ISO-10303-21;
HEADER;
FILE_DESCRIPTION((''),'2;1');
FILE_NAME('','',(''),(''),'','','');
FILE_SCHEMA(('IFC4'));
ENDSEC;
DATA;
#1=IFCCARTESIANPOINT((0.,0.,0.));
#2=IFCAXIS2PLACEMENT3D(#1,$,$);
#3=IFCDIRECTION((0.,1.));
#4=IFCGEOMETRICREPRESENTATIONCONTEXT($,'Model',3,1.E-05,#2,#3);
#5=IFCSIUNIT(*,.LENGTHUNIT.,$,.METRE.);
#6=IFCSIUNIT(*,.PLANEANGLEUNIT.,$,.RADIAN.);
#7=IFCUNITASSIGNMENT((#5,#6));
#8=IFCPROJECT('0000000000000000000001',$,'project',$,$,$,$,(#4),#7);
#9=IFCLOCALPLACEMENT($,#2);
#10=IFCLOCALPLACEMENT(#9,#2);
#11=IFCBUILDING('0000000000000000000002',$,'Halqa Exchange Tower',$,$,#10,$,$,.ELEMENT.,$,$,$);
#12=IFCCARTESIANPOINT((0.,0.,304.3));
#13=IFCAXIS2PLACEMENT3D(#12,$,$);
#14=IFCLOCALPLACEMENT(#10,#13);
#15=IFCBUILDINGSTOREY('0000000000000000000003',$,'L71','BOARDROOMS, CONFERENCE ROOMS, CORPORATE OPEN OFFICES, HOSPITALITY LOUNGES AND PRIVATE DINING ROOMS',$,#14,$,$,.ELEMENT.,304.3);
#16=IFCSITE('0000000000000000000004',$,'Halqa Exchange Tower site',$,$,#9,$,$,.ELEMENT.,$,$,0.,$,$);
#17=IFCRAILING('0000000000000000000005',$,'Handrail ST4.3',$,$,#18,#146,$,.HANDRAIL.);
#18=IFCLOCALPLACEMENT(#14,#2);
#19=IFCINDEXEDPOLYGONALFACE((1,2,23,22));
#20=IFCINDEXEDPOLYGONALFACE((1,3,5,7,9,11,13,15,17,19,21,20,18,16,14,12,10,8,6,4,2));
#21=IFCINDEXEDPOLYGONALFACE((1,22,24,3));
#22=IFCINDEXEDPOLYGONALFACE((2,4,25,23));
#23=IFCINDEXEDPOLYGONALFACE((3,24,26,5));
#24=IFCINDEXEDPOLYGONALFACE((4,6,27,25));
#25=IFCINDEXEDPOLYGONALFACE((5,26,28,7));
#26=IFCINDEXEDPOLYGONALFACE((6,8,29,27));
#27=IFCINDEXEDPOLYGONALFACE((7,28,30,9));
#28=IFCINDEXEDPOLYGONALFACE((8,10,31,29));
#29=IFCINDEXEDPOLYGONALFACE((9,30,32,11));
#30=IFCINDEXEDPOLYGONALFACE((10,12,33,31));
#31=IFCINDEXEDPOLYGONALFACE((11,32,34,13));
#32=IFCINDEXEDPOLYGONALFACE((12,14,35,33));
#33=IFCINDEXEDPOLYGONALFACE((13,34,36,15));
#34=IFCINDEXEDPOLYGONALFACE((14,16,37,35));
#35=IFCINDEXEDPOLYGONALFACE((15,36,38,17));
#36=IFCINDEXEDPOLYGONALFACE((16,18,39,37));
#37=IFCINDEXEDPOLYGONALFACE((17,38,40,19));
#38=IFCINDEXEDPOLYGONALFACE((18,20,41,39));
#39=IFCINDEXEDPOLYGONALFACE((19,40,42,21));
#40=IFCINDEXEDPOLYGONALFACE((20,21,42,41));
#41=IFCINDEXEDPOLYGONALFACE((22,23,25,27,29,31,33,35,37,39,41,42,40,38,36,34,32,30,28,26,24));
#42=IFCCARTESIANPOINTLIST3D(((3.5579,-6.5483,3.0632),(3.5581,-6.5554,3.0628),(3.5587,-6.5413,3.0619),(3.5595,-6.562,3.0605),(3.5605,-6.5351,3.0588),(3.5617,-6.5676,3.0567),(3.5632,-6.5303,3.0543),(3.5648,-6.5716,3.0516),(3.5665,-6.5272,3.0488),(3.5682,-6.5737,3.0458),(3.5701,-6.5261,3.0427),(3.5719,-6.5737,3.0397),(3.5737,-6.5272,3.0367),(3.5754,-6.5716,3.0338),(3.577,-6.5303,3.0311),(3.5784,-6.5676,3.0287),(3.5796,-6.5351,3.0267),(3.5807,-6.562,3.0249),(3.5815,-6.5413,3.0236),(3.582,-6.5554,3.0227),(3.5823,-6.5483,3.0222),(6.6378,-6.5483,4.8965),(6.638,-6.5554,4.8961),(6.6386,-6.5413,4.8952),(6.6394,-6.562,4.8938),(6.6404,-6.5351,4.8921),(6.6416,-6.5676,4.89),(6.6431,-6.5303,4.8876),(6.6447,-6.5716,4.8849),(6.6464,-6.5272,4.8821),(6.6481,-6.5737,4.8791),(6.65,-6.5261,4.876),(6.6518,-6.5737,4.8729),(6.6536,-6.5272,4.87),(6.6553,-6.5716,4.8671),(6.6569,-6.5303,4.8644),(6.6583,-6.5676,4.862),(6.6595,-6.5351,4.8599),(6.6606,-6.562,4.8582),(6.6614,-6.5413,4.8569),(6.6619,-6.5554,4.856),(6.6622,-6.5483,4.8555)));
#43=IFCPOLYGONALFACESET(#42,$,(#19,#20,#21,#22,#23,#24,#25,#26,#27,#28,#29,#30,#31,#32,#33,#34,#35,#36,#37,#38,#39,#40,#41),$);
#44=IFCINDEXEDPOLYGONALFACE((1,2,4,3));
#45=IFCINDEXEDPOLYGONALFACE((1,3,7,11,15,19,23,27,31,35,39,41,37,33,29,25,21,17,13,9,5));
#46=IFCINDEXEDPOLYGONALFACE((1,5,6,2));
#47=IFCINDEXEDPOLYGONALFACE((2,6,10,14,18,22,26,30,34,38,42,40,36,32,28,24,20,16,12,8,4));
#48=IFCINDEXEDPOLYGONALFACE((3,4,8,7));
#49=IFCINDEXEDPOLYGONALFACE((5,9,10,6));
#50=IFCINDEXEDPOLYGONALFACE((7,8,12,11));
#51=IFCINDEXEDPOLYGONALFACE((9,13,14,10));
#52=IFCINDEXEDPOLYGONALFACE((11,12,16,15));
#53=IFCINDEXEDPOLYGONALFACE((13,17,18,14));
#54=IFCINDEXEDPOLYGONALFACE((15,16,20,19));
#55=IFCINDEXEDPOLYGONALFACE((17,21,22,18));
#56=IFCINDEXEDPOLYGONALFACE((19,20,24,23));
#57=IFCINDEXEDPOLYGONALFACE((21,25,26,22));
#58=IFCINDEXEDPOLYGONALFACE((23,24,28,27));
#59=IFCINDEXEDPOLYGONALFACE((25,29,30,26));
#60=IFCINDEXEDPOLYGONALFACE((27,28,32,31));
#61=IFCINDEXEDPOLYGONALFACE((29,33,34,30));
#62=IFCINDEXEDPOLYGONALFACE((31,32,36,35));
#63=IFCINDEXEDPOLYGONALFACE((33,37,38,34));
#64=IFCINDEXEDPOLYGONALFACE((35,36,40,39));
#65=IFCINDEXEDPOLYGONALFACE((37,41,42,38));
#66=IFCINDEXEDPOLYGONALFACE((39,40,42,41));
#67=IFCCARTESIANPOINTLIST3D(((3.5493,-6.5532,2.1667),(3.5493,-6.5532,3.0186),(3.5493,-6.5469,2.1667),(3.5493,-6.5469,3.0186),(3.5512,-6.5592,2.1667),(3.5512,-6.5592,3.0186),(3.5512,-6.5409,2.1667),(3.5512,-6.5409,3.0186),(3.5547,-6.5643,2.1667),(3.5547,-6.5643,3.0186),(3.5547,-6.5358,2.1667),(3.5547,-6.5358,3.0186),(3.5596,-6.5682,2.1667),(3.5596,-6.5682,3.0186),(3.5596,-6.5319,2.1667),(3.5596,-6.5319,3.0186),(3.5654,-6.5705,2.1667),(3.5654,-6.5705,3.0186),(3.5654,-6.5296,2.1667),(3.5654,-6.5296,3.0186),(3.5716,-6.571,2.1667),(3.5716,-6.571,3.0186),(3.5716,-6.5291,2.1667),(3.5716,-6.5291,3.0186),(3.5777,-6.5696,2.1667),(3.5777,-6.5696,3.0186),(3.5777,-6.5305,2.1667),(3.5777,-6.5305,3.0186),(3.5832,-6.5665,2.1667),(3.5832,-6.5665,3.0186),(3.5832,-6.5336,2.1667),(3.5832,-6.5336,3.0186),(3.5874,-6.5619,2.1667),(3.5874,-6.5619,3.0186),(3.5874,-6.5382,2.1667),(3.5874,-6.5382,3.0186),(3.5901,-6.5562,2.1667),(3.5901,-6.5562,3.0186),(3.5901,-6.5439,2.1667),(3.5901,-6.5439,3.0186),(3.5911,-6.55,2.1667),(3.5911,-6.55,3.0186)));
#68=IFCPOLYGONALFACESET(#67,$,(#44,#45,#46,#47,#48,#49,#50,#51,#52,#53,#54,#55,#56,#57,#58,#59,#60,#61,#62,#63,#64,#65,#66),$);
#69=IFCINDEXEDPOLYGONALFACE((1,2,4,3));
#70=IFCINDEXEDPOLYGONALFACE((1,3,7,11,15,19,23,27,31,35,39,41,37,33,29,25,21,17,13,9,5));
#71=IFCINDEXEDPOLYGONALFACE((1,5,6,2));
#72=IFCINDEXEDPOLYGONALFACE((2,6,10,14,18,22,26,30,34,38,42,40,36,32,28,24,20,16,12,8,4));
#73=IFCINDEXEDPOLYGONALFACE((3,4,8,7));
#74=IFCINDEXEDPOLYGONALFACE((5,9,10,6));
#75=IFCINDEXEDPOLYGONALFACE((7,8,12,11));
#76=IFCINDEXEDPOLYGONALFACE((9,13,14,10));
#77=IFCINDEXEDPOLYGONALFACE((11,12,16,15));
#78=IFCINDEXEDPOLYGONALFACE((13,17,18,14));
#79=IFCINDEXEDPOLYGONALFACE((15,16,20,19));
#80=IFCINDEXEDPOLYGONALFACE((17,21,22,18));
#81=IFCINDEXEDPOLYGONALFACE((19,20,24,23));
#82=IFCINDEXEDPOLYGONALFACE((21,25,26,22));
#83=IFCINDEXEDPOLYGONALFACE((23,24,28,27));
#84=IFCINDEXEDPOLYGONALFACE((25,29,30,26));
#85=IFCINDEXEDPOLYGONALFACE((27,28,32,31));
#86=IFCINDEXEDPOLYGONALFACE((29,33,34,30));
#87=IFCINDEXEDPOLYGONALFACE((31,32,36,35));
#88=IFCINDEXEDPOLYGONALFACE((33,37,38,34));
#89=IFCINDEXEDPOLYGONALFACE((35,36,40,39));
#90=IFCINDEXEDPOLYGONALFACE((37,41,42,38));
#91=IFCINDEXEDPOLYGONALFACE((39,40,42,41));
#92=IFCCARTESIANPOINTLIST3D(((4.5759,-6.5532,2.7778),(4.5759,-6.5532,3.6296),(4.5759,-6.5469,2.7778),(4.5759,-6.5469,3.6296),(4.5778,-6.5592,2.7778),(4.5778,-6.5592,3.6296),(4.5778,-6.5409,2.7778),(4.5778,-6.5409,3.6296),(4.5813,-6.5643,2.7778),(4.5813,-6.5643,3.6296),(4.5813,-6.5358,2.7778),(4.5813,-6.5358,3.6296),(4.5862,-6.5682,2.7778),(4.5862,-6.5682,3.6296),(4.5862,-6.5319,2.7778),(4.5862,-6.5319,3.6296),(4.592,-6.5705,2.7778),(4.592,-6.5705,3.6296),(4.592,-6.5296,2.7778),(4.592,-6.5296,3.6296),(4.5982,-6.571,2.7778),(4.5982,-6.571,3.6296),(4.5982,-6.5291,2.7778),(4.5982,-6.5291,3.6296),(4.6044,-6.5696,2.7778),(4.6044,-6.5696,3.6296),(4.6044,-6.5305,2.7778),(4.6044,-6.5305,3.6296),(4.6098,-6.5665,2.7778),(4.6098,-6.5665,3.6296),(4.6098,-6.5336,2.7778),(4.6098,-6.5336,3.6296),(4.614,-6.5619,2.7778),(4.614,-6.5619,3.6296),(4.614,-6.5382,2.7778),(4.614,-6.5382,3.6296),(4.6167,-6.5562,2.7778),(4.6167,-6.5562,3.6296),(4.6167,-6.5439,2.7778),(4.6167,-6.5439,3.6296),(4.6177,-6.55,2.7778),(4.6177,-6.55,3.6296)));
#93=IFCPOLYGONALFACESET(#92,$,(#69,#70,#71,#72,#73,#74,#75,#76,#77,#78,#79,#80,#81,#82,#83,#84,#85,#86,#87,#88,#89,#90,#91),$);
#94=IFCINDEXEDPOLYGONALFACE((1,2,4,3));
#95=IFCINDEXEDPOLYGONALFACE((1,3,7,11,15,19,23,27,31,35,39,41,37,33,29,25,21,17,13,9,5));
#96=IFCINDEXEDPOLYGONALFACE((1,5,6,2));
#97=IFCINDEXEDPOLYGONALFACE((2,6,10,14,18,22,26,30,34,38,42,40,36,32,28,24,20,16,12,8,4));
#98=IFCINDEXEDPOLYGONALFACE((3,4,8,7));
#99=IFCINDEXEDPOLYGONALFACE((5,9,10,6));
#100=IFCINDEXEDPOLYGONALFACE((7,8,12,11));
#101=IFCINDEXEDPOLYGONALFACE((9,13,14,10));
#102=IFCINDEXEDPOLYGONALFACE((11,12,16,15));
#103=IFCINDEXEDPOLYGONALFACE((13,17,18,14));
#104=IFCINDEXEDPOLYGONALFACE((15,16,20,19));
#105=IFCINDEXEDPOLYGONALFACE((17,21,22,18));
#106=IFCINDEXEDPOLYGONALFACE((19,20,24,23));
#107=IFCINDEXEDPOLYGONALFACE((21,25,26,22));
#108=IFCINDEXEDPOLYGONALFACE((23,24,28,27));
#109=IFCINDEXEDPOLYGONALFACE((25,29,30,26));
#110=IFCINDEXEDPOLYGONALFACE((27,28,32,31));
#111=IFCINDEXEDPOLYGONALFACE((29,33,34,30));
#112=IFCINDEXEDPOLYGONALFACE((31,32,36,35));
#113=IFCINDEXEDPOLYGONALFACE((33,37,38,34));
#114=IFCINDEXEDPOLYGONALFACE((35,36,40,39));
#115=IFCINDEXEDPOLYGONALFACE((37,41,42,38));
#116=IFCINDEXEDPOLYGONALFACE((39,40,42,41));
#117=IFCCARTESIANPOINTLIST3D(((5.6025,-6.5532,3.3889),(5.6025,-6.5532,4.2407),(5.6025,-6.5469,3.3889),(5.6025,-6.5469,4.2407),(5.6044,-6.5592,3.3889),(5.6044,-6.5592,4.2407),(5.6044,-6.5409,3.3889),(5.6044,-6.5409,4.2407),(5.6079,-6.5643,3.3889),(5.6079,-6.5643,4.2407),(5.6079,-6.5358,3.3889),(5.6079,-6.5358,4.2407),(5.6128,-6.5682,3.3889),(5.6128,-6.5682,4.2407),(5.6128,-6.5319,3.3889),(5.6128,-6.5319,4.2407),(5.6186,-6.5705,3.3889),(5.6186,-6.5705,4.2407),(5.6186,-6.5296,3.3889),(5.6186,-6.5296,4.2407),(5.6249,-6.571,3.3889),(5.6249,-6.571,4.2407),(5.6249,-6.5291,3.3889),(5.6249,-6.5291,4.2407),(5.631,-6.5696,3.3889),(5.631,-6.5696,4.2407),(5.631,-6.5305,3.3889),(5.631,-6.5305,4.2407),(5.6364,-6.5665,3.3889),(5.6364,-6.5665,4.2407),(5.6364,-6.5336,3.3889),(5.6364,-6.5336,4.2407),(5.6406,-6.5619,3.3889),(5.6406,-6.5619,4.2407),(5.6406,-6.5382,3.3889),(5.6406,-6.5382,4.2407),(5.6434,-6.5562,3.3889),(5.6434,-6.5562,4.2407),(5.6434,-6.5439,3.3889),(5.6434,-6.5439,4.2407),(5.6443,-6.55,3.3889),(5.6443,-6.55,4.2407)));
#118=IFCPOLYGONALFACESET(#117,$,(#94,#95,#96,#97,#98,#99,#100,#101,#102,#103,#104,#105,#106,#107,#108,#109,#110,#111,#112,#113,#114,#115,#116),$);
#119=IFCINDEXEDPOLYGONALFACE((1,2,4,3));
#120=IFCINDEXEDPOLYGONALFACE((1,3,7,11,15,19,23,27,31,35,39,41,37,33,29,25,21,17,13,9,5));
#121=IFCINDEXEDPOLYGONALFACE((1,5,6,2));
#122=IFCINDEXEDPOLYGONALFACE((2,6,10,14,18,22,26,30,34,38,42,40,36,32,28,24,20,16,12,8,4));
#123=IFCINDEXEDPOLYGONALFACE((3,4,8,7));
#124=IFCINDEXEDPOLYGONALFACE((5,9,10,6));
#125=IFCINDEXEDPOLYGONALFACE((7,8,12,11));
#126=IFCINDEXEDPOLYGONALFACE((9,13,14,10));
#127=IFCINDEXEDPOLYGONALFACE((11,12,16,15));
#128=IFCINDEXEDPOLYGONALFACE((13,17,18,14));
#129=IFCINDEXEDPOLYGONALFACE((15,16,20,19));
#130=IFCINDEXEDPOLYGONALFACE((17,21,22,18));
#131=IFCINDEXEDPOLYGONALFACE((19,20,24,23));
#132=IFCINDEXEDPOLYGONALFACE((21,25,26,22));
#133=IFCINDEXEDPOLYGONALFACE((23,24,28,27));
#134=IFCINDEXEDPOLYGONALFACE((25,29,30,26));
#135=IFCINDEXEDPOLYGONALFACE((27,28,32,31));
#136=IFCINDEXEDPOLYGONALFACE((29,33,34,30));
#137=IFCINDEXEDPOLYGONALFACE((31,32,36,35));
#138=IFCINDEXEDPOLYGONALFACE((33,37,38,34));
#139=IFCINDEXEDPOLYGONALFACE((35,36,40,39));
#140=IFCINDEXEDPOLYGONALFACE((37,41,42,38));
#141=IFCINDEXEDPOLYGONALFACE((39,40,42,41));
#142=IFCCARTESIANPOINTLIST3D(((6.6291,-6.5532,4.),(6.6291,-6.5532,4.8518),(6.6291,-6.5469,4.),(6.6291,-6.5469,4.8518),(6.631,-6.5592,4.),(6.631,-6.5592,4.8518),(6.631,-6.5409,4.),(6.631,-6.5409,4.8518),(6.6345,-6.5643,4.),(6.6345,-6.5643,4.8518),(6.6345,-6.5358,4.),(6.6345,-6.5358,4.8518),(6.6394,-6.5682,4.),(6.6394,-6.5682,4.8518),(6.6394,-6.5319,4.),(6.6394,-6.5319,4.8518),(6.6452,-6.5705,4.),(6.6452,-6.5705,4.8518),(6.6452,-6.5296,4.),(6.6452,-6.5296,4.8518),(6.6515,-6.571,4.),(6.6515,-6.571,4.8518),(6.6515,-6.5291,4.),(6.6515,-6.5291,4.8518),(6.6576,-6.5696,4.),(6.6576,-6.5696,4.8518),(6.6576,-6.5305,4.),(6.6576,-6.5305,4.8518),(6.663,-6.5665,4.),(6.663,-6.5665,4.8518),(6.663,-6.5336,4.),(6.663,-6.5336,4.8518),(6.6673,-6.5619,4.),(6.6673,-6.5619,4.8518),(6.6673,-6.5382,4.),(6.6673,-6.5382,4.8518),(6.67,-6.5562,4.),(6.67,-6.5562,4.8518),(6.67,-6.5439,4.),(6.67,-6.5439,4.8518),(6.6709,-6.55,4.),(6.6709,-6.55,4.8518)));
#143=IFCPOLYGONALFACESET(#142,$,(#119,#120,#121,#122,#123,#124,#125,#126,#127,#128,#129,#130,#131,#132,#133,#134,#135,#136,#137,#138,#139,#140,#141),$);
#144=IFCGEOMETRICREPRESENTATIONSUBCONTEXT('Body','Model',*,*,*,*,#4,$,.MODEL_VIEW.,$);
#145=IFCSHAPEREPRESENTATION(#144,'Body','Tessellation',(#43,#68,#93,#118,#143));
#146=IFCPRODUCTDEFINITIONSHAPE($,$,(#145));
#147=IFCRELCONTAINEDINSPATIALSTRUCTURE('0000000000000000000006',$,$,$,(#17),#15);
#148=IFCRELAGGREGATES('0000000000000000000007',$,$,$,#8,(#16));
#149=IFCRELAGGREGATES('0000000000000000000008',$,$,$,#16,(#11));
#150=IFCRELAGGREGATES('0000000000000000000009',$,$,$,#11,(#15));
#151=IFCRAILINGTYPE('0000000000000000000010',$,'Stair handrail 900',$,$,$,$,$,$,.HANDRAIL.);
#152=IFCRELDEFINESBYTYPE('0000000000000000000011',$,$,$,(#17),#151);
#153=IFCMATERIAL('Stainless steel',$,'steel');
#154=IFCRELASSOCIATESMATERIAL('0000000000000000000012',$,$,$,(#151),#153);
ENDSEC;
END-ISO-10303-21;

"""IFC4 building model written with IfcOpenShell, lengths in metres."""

from ifc_helpers import new_model, si_unit, direction, frame, origin, origin_2d, place, context, subcontext, project, spatial, circle, extrude, material, type_object, element, save


model = new_model("IFC4")

# Units and contexts
model_context = context("Model", 3, precision=1e-05, world=origin(), true_north=direction((0.0, 1.0)))
body_context = subcontext(model_context, "Body", "Model", "MODEL_VIEW")
ifc_project = project(units=[si_unit("LENGTHUNIT", "METRE"), si_unit("PLANEANGLEUNIT", "RADIAN")], contexts=[model_context])

# Site, building, storey
site_placement = place(None, origin())
site = spatial("IfcSite", under=ifc_project, at=site_placement, Name="Halqa Exchange Tower site", CompositionType="ELEMENT", RefElevation=0.0)
building_placement = place(site_placement, origin())
building = spatial("IfcBuilding", under=site, at=building_placement, Name="Halqa Exchange Tower", CompositionType="ELEMENT")
storey_placement = place(building_placement, frame((0.0, 0.0, 304.3)))
storey = spatial("IfcBuildingStorey", under=building, at=storey_placement, Name="L71", Description="BOARDROOMS, CONFERENCE ROOMS, CORPORATE OPEN OFFICES, HOSPITALITY LOUNGES AND PRIVATE DINING ROOMS", CompositionType="ELEMENT", Elevation=304.3)

# Railing
ifc_material_1 = material(Name="Stainless steel", Category="steel")
railing_type_1 = type_object("IfcRailingType", Name="Stair handrail 900", PredefinedType="HANDRAIL", material=ifc_material_1)
railing_1_placement = place(storey_placement, frame((3.5701, -6.55, 2.1667)))
element("IfcRailing", 1, at=railing_1_placement, inside=storey, type_object=railing_type_1, Name="Handrail ST4.3", PredefinedType="HANDRAIL", context=body_context, shape_type="SweptSolid", body=[
    extrude(circle(Radius=0.0239, at=origin_2d()), frame((0.0, 0.0, 0.876), z_axis=(0.859291, 0.0, 0.511487), x_axis=(0.0, 1.0, 0.0)), (0.0, 0.0, 1.0), 3.5842),
    extrude(circle(Radius=0.021, at=origin_2d()), origin(), (0.0, 0.0, 1.0), 0.8518),
    extrude(circle(Radius=0.021, at=origin_2d()), frame((1.0266, 0.0, 0.6111)), (0.0, 0.0, 1.0), 0.8518),
    extrude(circle(Radius=0.021, at=origin_2d()), frame((2.0532, 0.0, 1.2222)), (0.0, 0.0, 1.0), 0.8518),
    extrude(circle(Radius=0.021, at=origin_2d()), frame((3.0798, 0.0, 1.8333)), (0.0, 0.0, 1.0), 0.8518),
])

save(model, "model.ifc")
